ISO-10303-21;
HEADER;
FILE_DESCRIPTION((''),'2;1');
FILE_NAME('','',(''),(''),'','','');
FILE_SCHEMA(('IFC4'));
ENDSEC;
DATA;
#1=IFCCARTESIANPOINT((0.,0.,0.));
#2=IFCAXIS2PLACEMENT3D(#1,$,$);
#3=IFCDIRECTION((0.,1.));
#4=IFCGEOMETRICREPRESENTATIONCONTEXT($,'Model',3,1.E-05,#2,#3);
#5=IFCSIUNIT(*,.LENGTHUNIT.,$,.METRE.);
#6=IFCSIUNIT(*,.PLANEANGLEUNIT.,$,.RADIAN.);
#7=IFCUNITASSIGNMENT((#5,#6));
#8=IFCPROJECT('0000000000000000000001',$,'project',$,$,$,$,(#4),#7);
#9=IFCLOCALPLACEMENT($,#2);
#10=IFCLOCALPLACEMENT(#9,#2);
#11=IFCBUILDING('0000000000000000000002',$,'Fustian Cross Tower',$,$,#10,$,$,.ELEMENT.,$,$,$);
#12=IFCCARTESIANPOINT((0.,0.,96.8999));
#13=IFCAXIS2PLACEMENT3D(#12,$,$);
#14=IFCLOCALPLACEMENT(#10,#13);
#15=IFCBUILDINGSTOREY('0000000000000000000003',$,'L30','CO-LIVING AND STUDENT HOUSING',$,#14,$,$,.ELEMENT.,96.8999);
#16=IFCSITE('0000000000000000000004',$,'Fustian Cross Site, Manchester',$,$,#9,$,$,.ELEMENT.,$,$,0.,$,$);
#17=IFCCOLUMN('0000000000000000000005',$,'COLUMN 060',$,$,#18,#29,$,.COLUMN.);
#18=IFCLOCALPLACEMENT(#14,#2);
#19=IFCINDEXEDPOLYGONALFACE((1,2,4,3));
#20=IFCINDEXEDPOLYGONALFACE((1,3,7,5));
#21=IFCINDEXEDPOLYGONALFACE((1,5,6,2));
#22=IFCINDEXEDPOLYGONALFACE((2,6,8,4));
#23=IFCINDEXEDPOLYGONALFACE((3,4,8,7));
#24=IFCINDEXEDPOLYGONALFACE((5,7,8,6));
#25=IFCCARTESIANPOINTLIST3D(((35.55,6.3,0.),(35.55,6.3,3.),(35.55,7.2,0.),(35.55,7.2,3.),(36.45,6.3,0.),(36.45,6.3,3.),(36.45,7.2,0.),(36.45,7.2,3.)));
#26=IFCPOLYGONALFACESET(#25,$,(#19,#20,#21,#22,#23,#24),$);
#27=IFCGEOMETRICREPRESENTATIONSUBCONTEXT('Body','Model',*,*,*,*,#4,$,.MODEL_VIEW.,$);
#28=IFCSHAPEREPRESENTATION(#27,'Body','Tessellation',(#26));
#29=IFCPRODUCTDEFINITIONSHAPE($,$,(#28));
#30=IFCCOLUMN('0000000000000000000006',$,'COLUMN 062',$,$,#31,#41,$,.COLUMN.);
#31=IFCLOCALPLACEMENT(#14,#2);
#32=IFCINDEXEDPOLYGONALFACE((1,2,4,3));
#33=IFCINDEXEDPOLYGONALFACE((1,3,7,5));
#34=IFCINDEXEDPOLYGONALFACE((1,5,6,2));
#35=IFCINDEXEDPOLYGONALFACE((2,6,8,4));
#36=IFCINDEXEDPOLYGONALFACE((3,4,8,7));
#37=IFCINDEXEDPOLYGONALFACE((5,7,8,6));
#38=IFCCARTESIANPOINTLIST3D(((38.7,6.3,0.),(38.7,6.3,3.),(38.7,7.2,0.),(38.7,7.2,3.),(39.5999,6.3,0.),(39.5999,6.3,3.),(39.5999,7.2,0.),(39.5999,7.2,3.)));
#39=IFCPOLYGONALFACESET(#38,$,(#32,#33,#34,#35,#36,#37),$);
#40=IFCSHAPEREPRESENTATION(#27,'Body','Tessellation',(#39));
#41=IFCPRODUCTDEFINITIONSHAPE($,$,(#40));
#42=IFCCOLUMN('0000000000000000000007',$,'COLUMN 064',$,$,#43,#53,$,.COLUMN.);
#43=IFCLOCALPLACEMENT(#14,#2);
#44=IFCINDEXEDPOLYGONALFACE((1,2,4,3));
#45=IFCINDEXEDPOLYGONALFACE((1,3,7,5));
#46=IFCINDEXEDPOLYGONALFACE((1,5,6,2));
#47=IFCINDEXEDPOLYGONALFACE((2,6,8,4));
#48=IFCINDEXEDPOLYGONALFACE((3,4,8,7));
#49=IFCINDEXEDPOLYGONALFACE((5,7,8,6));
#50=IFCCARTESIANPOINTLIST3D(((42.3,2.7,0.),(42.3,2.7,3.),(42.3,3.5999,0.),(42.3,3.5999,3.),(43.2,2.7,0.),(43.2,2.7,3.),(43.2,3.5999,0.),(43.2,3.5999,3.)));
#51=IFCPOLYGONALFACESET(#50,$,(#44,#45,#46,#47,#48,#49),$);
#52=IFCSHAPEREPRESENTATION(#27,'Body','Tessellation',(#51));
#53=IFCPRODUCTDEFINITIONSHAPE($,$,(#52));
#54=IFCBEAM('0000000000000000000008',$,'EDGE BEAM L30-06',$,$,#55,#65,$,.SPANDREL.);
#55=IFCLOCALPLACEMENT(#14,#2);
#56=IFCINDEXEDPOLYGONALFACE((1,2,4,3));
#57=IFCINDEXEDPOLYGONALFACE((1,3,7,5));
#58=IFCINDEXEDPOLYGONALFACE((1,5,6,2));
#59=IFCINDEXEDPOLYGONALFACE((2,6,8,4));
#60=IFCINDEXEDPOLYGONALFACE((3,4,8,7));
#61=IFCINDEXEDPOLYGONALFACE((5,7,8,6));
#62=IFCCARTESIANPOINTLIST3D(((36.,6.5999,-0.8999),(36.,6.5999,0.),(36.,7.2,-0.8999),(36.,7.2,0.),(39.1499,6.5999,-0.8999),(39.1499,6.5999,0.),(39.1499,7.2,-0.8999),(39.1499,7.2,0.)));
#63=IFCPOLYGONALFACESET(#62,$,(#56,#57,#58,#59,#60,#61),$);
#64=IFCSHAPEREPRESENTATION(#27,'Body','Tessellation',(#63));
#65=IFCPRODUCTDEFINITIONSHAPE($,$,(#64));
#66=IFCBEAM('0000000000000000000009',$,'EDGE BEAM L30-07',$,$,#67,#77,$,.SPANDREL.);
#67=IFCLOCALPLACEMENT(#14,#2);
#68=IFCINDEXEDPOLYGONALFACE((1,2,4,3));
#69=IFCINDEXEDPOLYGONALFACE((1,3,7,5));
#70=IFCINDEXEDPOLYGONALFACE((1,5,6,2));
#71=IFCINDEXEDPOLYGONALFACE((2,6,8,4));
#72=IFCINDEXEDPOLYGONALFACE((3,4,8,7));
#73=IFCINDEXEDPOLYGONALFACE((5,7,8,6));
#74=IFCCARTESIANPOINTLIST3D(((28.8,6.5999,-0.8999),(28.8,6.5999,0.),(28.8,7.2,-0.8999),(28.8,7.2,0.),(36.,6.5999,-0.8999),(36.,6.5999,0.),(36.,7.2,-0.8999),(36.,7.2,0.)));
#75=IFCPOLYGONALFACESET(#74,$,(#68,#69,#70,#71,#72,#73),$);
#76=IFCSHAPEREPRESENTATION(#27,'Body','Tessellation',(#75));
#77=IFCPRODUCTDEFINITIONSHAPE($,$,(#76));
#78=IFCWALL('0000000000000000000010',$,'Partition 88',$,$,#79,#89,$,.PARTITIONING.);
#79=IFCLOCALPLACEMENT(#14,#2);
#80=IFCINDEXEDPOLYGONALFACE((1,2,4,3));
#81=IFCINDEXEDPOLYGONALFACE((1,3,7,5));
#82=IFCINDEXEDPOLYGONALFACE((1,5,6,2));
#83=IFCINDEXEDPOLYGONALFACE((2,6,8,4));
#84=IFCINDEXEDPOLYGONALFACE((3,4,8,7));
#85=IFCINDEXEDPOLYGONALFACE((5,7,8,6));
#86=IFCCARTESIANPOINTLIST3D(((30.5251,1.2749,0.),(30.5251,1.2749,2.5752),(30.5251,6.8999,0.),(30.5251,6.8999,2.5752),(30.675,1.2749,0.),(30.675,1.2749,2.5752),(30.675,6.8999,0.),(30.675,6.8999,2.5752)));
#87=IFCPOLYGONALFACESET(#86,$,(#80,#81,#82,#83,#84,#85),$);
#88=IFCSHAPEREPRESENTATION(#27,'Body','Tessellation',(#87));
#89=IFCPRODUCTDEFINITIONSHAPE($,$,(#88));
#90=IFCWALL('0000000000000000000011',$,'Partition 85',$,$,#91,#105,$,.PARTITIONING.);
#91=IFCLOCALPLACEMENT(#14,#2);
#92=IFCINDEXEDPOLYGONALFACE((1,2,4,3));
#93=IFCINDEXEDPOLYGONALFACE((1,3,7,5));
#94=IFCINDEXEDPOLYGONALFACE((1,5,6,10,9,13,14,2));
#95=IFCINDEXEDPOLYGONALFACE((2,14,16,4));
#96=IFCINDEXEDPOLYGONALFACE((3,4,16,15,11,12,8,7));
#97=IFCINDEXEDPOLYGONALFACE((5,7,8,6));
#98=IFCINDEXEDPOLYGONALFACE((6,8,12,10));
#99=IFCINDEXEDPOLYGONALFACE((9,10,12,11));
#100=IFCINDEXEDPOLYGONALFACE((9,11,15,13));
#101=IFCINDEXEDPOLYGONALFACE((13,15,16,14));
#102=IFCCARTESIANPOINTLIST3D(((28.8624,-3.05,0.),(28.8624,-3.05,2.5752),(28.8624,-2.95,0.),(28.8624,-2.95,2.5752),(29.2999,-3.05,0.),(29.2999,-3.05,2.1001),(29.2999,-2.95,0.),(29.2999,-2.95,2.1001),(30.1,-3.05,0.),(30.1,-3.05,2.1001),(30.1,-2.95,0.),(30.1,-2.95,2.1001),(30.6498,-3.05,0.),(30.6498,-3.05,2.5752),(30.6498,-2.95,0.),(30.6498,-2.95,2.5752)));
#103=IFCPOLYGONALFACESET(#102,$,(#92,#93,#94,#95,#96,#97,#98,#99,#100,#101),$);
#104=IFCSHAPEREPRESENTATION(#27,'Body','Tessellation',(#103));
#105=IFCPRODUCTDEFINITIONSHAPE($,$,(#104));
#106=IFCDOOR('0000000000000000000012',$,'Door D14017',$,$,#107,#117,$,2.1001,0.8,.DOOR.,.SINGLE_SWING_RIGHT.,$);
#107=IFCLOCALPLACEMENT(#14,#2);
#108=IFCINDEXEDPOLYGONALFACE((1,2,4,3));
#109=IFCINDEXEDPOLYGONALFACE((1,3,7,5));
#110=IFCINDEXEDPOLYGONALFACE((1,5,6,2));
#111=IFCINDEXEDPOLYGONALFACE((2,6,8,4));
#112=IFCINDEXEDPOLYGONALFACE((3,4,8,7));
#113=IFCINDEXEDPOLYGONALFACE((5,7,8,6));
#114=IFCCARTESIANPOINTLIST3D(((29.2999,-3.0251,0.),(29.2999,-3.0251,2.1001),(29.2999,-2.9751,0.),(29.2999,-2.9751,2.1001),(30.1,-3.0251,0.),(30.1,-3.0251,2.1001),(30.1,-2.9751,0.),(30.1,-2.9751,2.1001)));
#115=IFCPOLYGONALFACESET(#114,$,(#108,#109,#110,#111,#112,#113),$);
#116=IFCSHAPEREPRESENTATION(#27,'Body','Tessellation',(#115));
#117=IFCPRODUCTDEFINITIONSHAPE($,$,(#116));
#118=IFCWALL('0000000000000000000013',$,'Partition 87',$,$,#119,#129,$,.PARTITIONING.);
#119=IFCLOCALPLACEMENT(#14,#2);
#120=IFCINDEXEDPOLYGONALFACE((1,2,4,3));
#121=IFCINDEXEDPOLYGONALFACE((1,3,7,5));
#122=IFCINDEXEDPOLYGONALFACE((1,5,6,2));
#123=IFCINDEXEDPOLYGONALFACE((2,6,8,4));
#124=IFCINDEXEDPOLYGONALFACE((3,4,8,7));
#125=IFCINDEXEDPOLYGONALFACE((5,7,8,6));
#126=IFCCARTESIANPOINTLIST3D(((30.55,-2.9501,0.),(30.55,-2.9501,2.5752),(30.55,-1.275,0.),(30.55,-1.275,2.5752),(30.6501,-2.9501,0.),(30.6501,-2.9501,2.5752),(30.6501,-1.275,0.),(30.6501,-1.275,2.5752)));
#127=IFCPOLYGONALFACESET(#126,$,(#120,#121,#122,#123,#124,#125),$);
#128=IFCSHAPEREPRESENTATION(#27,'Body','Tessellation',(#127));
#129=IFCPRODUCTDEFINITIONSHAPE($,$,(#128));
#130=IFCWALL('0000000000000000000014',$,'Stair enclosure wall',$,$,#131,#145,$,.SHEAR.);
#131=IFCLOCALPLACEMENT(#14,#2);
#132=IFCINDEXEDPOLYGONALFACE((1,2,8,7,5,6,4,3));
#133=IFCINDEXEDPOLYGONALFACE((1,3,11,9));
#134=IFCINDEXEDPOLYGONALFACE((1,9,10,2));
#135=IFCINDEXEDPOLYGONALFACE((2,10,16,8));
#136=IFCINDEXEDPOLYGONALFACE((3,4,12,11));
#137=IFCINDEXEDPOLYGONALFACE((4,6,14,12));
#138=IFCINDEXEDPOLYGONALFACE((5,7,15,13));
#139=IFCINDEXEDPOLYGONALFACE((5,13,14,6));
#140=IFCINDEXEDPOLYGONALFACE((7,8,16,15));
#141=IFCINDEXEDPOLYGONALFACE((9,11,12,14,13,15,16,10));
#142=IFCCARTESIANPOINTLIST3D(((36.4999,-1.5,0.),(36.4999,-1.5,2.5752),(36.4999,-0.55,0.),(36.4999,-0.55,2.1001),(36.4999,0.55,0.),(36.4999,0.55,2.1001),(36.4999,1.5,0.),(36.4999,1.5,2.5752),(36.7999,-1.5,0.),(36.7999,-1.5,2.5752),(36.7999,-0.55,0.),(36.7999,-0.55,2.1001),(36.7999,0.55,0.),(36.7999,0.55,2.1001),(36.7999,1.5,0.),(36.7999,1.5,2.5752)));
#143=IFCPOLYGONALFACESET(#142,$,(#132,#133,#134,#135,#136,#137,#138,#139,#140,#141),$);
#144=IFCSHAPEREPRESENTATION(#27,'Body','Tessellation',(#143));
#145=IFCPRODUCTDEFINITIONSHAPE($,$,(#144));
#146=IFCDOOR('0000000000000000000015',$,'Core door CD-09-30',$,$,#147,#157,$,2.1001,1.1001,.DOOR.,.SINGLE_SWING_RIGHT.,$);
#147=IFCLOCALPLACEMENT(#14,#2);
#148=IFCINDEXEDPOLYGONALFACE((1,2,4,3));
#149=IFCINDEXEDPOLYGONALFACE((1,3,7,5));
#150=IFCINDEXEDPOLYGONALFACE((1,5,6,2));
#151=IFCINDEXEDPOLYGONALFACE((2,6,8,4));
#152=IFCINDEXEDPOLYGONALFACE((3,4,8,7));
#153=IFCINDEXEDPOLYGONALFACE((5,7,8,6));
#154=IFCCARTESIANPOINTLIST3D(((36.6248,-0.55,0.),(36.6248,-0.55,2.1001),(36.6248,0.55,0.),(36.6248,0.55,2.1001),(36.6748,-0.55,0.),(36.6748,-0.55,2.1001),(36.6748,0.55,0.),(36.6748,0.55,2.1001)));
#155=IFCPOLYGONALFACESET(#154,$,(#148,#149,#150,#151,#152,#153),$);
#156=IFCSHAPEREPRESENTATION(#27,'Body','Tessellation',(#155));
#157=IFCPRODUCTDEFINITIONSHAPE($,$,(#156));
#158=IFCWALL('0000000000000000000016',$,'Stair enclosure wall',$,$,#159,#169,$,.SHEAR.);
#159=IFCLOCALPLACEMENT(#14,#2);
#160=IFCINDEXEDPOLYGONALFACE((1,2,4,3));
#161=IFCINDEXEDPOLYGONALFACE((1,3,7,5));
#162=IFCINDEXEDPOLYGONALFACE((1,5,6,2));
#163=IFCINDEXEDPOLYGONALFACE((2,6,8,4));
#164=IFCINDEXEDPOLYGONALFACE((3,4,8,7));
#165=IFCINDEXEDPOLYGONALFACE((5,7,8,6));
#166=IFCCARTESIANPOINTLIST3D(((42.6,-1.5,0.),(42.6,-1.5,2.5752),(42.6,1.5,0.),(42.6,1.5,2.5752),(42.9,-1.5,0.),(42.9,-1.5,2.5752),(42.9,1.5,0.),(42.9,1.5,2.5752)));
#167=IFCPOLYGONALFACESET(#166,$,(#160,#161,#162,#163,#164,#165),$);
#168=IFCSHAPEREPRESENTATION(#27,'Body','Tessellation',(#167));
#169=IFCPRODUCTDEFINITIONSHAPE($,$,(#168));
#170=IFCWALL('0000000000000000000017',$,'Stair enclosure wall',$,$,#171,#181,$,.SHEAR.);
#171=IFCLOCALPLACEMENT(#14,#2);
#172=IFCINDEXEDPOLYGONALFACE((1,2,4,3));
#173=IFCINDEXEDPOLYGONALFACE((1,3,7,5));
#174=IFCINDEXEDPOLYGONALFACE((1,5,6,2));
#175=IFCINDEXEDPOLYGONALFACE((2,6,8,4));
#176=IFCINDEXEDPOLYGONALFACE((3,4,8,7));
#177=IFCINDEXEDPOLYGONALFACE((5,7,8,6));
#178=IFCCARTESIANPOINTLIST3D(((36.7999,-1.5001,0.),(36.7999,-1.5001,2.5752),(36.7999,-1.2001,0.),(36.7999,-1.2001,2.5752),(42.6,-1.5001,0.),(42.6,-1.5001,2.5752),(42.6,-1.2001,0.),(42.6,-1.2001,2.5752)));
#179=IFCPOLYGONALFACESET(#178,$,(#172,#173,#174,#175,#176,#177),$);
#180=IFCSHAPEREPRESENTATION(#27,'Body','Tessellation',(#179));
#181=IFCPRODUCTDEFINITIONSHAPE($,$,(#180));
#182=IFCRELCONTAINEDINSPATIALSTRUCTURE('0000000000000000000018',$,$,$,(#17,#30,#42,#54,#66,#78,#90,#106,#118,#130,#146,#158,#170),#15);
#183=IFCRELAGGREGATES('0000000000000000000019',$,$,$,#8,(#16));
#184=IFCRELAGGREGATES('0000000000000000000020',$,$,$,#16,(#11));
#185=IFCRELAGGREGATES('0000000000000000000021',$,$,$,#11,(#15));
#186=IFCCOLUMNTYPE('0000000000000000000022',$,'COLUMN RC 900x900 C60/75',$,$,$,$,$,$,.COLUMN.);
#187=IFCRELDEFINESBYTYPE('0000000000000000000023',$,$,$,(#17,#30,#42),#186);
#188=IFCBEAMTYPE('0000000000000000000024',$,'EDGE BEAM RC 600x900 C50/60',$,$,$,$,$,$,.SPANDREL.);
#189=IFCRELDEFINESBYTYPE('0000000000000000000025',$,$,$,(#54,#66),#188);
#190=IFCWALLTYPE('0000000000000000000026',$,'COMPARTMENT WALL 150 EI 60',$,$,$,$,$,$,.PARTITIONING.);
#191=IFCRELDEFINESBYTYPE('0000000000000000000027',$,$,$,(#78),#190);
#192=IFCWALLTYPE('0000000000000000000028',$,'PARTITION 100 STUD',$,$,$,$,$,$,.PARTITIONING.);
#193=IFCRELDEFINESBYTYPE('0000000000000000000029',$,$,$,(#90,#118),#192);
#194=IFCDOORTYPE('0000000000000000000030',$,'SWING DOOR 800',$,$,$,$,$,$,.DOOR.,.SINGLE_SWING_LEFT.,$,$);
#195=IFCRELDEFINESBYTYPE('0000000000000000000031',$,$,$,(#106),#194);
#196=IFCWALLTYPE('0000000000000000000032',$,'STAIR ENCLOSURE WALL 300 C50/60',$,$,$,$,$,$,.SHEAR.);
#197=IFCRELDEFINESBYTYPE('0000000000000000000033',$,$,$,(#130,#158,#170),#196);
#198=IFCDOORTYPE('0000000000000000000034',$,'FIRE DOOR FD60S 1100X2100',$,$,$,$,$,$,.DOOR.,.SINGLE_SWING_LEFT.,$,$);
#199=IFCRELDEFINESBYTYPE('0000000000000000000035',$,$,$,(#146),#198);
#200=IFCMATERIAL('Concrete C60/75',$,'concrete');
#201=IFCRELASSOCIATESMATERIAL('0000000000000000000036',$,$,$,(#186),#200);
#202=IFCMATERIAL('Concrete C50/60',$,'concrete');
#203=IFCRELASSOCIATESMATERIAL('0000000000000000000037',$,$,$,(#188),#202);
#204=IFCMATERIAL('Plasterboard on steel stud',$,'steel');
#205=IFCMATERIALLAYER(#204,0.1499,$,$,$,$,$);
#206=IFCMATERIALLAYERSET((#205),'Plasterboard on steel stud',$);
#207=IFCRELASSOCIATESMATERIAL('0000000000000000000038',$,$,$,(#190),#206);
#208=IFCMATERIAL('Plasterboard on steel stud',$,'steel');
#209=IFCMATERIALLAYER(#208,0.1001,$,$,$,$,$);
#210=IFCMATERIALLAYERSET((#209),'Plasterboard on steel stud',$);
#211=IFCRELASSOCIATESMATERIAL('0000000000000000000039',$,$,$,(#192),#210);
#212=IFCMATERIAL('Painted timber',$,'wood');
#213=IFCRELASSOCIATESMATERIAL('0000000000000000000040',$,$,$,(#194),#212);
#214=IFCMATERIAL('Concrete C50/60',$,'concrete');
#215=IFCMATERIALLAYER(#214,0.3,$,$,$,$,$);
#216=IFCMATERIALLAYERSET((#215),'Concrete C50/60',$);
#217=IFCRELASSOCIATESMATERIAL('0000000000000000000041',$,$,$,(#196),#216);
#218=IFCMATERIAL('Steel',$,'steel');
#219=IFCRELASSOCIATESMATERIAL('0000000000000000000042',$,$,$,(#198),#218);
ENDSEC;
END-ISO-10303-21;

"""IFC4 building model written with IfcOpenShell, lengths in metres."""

from ifc_helpers import new_model, si_unit, direction, frame, frame_2d, origin, origin_2d, place, context, subcontext, project, spatial, rectangle, extrude, material, layer, layer_set, material_profile, profile_set, type_object, element, fill, save


model = new_model("IFC4")

# Units and contexts
model_context = context("Model", 3, precision=1e-05, world=origin(), true_north=direction((0.0, 1.0)))
body_context = subcontext(model_context, "Body", "Model", "MODEL_VIEW")
ifc_project = project(units=[si_unit("LENGTHUNIT", "METRE"), si_unit("PLANEANGLEUNIT", "RADIAN")], contexts=[model_context])

# Site, building, storey
site_placement = place(None, origin())
site = spatial("IfcSite", under=ifc_project, at=site_placement, Name="Fustian Cross Site, Manchester", CompositionType="ELEMENT", RefElevation=0.0)
building_placement = place(site_placement, origin())
building = spatial("IfcBuilding", under=site, at=building_placement, Name="Fustian Cross Tower", CompositionType="ELEMENT")
storey_placement = place(building_placement, frame((0.0, 0.0, 96.8999)))
storey = spatial("IfcBuildingStorey", under=building, at=storey_placement, Name="L30", Description="CO-LIVING AND STUDENT HOUSING", CompositionType="ELEMENT", Elevation=96.8999)

# Columns
ifc_material_1 = material(Name="Concrete C60/75", Category="concrete")
ifc_material_profile_1 = material_profile(ifc_material_1, rectangle(XDim=0.8999, YDim=0.8999, at=origin_2d()), Name="RC 900x900")
ifc_profile_set_1 = profile_set([ifc_material_profile_1], Name="Concrete C60/75")
column_type = type_object("IfcColumnType", Name="COLUMN RC 900x900 C60/75", PredefinedType="COLUMN", material=ifc_profile_set_1)
for number, where, z_axis, x_axis, name in (
    (1, (36.0, 6.75, 0.0), (0.0, 0.0, 1.0), (1.0, 0.0, 0.0), "COLUMN 060"),
    (2, (39.1499, 6.75, 0.0), (0.0, 0.0, 1.0), (1.0, 0.0, 0.0), "COLUMN 062"),
    (3, (42.75, 3.1499, 0.0), (0.0, 0.0, 1.0), (1.0, 0.0, 0.0), "COLUMN 064"),
):
    element("IfcColumn", number, at=place(storey_placement, frame(where, z_axis=z_axis, x_axis=x_axis)), inside=storey, type_object=column_type, Name=name, PredefinedType="COLUMN", context=body_context, shape_type="SweptSolid", body=[
        extrude(rectangle(XDim=0.8999, YDim=0.8999, at=origin_2d()), origin(), (0.0, 0.0, 1.0), 3.0),
    ])

# Beams
ifc_material_2 = material(Name="Concrete C50/60", Category="concrete")
ifc_material_profile_2 = material_profile(ifc_material_2, rectangle(XDim=0.6001, YDim=0.8999, at=origin_2d()), Name="RC 600x900")
ifc_profile_set_2 = profile_set([ifc_material_profile_2], Name="Concrete C50/60")
beam_type = type_object("IfcBeamType", Name="EDGE BEAM RC 600x900 C50/60", PredefinedType="SPANDREL", material=ifc_profile_set_2)
beam_1_placement = place(storey_placement, frame((39.1499, 6.8999, -0.45), z_axis=(-1.0, 0.0, 0.0), x_axis=(0.0, -1.0, 0.0)))
element("IfcBeam", 4, at=beam_1_placement, inside=storey, type_object=beam_type, Name="EDGE BEAM L30-06", PredefinedType="SPANDREL", context=body_context, shape_type="SweptSolid", body=[
    extrude(rectangle(XDim=0.6001, YDim=0.8999, at=origin_2d()), origin(), (0.0, 0.0, 1.0), 3.1499),
])
beam_2_placement = place(storey_placement, frame((36.0, 6.8999, -0.45), z_axis=(-1.0, 0.0, 0.0), x_axis=(0.0, -1.0, 0.0)))
element("IfcBeam", 5, at=beam_2_placement, inside=storey, type_object=beam_type, Name="EDGE BEAM L30-07", PredefinedType="SPANDREL", context=body_context, shape_type="SweptSolid", body=[
    extrude(rectangle(XDim=0.6001, YDim=0.8999, at=origin_2d()), origin(), (0.0, 0.0, 1.0), 7.2),
])

# Wall
ifc_material_3 = material(Name="Plasterboard on steel stud", Category="steel")
ifc_layer_1 = layer(ifc_material_3, 0.1499)
ifc_layer_set_1 = layer_set([ifc_layer_1], Name="Plasterboard on steel stud")
wall_type_1 = type_object("IfcWallType", Name="COMPARTMENT WALL 150 EI 60", PredefinedType="PARTITIONING", material=ifc_layer_set_1)
wall_1_placement = place(storey_placement, frame((30.6001, 1.2749, 0.0), z_axis=(0.0, 0.0, 1.0), x_axis=(0.0, 1.0, 0.0)))
element("IfcWall", 6, at=wall_1_placement, inside=storey, type_object=wall_type_1, Name="Partition 88", PredefinedType="PARTITIONING", context=body_context, shape_type="SweptSolid", body=[
    extrude(rectangle(XDim=5.625, YDim=0.1499, at=frame_2d((2.8125, 0.0))), origin(), (0.0, 0.0, 1.0), 2.5752),
])

# Wall, opening, door
ifc_material_4 = material(Name="Plasterboard on steel stud", Category="steel")
ifc_layer_2 = layer(ifc_material_4, 0.1001)
ifc_layer_set_2 = layer_set([ifc_layer_2], Name="Plasterboard on steel stud")
wall_type_2 = type_object("IfcWallType", Name="PARTITION 100 STUD", PredefinedType="PARTITIONING", material=ifc_layer_set_2)
wall_2_placement = place(storey_placement, frame((28.8625, -3.0, 0.0), z_axis=(0.0, 0.0, 1.0), x_axis=(1.0, 0.0, 0.0)))
wall_2 = element("IfcWall", 7, at=wall_2_placement, inside=storey, type_object=wall_type_2, Name="Partition 85", PredefinedType="PARTITIONING", context=body_context, shape_type="SweptSolid", body=[
    extrude(rectangle(XDim=1.7874, YDim=0.1001, at=frame_2d((0.8936, 0.0))), origin(), (0.0, 0.0, 1.0), 2.5752),
])
opening_1_placement = place(wall_2_placement, frame((0.4375, 0.0, 0.0)))
opening_1 = element("IfcOpeningElement", 8, at=opening_1_placement, cuts=wall_2, PredefinedType="OPENING", context=body_context, shape_type="SweptSolid", body=[
    extrude(rectangle(XDim=0.8, YDim=2.1001, at=frame_2d((0.3999, 1.05))), frame((0.0, 0.0601, 0.0), z_axis=(0.0, -1.0, 0.0), x_axis=(1.0, 0.0, 0.0)), (0.0, 0.0, 1.0), 0.1201),
])
ifc_material_5 = material(Name="Painted timber", Category="wood")
door_type_1 = type_object("IfcDoorType", Name="SWING DOOR 800", OperationType="SINGLE_SWING_LEFT", PredefinedType="DOOR", material=ifc_material_5)
door_1_placement = place(opening_1_placement, origin())
door_1 = element("IfcDoor", 9, at=door_1_placement, inside=storey, type_object=door_type_1, Name="Door D14017", OperationType="SINGLE_SWING_RIGHT", OverallHeight=2.1001, OverallWidth=0.8, PredefinedType="DOOR", context=body_context, shape_type="SweptSolid", body=[
    extrude(rectangle(XDim=0.8, YDim=2.1001, at=frame_2d((0.3999, 1.05))), frame((0.0, 0.0249, 0.0), z_axis=(0.0, -1.0, 0.0), x_axis=(1.0, 0.0, 0.0)), (0.0, 0.0, 1.0), 0.05),
])
fill(opening_1, door_1)

# Wall
wall_3_placement = place(storey_placement, frame((30.6001, -2.95, 0.0), z_axis=(0.0, 0.0, 1.0), x_axis=(0.0, 1.0, 0.0)))
element("IfcWall", 10, at=wall_3_placement, inside=storey, type_object=wall_type_2, Name="Partition 87", PredefinedType="PARTITIONING", context=body_context, shape_type="SweptSolid", body=[
    extrude(rectangle(XDim=1.675, YDim=0.1001, at=frame_2d((0.8374, 0.0))), origin(), (0.0, 0.0, 1.0), 2.5752),
])

# Wall, opening, door
ifc_material_6 = material(Name="Concrete C50/60", Category="concrete")
ifc_layer_3 = layer(ifc_material_6, 0.3)
ifc_layer_set_3 = layer_set([ifc_layer_3], Name="Concrete C50/60")
wall_type_3 = type_object("IfcWallType", Name="STAIR ENCLOSURE WALL 300 C50/60", PredefinedType="SHEAR", material=ifc_layer_set_3)
wall_4_placement = place(storey_placement, frame((36.6499, -1.5, 0.0), z_axis=(0.0, 0.0, 1.0), x_axis=(0.0, 1.0, 0.0)))
wall_4 = element("IfcWall", 11, at=wall_4_placement, inside=storey, type_object=wall_type_3, Name="Stair enclosure wall", PredefinedType="SHEAR", context=body_context, shape_type="SweptSolid", body=[
    extrude(rectangle(XDim=3.0, YDim=0.3, at=frame_2d((1.5, 0.0))), origin(), (0.0, 0.0, 1.0), 2.5752),
])
opening_2_placement = place(wall_4_placement, frame((0.95, 0.0, 0.0)))
opening_2 = element("IfcOpeningElement", 12, at=opening_2_placement, cuts=wall_4, PredefinedType="OPENING", context=body_context, shape_type="SweptSolid", body=[
    extrude(rectangle(XDim=1.1001, YDim=2.1001, at=frame_2d((0.55, 1.05))), frame((0.0, 0.1599, 0.0), z_axis=(0.0, -1.0, 0.0), x_axis=(1.0, 0.0, 0.0)), (0.0, 0.0, 1.0), 0.3201),
])
ifc_material_7 = material(Name="Steel", Category="steel")
door_type_2 = type_object("IfcDoorType", Name="FIRE DOOR FD60S 1100X2100", OperationType="SINGLE_SWING_LEFT", PredefinedType="DOOR", material=ifc_material_7)
door_2_placement = place(opening_2_placement, frame((1.1001, 0.0, 0.0), z_axis=(0.0, 0.0, 1.0), x_axis=(-1.0, 0.0, 0.0)))
door_2 = element("IfcDoor", 13, at=door_2_placement, inside=storey, type_object=door_type_2, Name="Core door CD-09-30", OperationType="SINGLE_SWING_RIGHT", OverallHeight=2.1001, OverallWidth=1.1001, PredefinedType="DOOR", context=body_context, shape_type="SweptSolid", body=[
    extrude(rectangle(XDim=1.1001, YDim=2.1001, at=frame_2d((0.55, 1.05))), frame((0.0, 0.0249, 0.0), z_axis=(0.0, -1.0, 0.0), x_axis=(1.0, 0.0, 0.0)), (0.0, 0.0, 1.0), 0.05),
])
fill(opening_2, door_2)

# Walls
wall_5_placement = place(storey_placement, frame((42.75, -1.5, 0.0), z_axis=(0.0, 0.0, 1.0), x_axis=(0.0, 1.0, 0.0)))
element("IfcWall", 14, at=wall_5_placement, inside=storey, type_object=wall_type_3, Name="Stair enclosure wall", PredefinedType="SHEAR", context=body_context, shape_type="SweptSolid", body=[
    extrude(rectangle(XDim=3.0, YDim=0.3, at=frame_2d((1.5, 0.0))), origin(), (0.0, 0.0, 1.0), 2.5752),
])
for number, where, z_axis, x_axis, name in (
    (15, (36.8, -1.3501, 0.0), (0.0, 0.0, 1.0), (1.0, 0.0, 0.0), "Stair enclosure wall"),
):
    element("IfcWall", number, at=place(storey_placement, frame(where, z_axis=z_axis, x_axis=x_axis)), inside=storey, type_object=wall_type_3, Name=name, PredefinedType="SHEAR", context=body_context, shape_type="SweptSolid", body=[
        extrude(rectangle(XDim=5.8, YDim=0.3, at=frame_2d((2.8999, 0.0))), origin(), (0.0, 0.0, 1.0), 2.5752),
    ])

save(model, "model.ifc")
